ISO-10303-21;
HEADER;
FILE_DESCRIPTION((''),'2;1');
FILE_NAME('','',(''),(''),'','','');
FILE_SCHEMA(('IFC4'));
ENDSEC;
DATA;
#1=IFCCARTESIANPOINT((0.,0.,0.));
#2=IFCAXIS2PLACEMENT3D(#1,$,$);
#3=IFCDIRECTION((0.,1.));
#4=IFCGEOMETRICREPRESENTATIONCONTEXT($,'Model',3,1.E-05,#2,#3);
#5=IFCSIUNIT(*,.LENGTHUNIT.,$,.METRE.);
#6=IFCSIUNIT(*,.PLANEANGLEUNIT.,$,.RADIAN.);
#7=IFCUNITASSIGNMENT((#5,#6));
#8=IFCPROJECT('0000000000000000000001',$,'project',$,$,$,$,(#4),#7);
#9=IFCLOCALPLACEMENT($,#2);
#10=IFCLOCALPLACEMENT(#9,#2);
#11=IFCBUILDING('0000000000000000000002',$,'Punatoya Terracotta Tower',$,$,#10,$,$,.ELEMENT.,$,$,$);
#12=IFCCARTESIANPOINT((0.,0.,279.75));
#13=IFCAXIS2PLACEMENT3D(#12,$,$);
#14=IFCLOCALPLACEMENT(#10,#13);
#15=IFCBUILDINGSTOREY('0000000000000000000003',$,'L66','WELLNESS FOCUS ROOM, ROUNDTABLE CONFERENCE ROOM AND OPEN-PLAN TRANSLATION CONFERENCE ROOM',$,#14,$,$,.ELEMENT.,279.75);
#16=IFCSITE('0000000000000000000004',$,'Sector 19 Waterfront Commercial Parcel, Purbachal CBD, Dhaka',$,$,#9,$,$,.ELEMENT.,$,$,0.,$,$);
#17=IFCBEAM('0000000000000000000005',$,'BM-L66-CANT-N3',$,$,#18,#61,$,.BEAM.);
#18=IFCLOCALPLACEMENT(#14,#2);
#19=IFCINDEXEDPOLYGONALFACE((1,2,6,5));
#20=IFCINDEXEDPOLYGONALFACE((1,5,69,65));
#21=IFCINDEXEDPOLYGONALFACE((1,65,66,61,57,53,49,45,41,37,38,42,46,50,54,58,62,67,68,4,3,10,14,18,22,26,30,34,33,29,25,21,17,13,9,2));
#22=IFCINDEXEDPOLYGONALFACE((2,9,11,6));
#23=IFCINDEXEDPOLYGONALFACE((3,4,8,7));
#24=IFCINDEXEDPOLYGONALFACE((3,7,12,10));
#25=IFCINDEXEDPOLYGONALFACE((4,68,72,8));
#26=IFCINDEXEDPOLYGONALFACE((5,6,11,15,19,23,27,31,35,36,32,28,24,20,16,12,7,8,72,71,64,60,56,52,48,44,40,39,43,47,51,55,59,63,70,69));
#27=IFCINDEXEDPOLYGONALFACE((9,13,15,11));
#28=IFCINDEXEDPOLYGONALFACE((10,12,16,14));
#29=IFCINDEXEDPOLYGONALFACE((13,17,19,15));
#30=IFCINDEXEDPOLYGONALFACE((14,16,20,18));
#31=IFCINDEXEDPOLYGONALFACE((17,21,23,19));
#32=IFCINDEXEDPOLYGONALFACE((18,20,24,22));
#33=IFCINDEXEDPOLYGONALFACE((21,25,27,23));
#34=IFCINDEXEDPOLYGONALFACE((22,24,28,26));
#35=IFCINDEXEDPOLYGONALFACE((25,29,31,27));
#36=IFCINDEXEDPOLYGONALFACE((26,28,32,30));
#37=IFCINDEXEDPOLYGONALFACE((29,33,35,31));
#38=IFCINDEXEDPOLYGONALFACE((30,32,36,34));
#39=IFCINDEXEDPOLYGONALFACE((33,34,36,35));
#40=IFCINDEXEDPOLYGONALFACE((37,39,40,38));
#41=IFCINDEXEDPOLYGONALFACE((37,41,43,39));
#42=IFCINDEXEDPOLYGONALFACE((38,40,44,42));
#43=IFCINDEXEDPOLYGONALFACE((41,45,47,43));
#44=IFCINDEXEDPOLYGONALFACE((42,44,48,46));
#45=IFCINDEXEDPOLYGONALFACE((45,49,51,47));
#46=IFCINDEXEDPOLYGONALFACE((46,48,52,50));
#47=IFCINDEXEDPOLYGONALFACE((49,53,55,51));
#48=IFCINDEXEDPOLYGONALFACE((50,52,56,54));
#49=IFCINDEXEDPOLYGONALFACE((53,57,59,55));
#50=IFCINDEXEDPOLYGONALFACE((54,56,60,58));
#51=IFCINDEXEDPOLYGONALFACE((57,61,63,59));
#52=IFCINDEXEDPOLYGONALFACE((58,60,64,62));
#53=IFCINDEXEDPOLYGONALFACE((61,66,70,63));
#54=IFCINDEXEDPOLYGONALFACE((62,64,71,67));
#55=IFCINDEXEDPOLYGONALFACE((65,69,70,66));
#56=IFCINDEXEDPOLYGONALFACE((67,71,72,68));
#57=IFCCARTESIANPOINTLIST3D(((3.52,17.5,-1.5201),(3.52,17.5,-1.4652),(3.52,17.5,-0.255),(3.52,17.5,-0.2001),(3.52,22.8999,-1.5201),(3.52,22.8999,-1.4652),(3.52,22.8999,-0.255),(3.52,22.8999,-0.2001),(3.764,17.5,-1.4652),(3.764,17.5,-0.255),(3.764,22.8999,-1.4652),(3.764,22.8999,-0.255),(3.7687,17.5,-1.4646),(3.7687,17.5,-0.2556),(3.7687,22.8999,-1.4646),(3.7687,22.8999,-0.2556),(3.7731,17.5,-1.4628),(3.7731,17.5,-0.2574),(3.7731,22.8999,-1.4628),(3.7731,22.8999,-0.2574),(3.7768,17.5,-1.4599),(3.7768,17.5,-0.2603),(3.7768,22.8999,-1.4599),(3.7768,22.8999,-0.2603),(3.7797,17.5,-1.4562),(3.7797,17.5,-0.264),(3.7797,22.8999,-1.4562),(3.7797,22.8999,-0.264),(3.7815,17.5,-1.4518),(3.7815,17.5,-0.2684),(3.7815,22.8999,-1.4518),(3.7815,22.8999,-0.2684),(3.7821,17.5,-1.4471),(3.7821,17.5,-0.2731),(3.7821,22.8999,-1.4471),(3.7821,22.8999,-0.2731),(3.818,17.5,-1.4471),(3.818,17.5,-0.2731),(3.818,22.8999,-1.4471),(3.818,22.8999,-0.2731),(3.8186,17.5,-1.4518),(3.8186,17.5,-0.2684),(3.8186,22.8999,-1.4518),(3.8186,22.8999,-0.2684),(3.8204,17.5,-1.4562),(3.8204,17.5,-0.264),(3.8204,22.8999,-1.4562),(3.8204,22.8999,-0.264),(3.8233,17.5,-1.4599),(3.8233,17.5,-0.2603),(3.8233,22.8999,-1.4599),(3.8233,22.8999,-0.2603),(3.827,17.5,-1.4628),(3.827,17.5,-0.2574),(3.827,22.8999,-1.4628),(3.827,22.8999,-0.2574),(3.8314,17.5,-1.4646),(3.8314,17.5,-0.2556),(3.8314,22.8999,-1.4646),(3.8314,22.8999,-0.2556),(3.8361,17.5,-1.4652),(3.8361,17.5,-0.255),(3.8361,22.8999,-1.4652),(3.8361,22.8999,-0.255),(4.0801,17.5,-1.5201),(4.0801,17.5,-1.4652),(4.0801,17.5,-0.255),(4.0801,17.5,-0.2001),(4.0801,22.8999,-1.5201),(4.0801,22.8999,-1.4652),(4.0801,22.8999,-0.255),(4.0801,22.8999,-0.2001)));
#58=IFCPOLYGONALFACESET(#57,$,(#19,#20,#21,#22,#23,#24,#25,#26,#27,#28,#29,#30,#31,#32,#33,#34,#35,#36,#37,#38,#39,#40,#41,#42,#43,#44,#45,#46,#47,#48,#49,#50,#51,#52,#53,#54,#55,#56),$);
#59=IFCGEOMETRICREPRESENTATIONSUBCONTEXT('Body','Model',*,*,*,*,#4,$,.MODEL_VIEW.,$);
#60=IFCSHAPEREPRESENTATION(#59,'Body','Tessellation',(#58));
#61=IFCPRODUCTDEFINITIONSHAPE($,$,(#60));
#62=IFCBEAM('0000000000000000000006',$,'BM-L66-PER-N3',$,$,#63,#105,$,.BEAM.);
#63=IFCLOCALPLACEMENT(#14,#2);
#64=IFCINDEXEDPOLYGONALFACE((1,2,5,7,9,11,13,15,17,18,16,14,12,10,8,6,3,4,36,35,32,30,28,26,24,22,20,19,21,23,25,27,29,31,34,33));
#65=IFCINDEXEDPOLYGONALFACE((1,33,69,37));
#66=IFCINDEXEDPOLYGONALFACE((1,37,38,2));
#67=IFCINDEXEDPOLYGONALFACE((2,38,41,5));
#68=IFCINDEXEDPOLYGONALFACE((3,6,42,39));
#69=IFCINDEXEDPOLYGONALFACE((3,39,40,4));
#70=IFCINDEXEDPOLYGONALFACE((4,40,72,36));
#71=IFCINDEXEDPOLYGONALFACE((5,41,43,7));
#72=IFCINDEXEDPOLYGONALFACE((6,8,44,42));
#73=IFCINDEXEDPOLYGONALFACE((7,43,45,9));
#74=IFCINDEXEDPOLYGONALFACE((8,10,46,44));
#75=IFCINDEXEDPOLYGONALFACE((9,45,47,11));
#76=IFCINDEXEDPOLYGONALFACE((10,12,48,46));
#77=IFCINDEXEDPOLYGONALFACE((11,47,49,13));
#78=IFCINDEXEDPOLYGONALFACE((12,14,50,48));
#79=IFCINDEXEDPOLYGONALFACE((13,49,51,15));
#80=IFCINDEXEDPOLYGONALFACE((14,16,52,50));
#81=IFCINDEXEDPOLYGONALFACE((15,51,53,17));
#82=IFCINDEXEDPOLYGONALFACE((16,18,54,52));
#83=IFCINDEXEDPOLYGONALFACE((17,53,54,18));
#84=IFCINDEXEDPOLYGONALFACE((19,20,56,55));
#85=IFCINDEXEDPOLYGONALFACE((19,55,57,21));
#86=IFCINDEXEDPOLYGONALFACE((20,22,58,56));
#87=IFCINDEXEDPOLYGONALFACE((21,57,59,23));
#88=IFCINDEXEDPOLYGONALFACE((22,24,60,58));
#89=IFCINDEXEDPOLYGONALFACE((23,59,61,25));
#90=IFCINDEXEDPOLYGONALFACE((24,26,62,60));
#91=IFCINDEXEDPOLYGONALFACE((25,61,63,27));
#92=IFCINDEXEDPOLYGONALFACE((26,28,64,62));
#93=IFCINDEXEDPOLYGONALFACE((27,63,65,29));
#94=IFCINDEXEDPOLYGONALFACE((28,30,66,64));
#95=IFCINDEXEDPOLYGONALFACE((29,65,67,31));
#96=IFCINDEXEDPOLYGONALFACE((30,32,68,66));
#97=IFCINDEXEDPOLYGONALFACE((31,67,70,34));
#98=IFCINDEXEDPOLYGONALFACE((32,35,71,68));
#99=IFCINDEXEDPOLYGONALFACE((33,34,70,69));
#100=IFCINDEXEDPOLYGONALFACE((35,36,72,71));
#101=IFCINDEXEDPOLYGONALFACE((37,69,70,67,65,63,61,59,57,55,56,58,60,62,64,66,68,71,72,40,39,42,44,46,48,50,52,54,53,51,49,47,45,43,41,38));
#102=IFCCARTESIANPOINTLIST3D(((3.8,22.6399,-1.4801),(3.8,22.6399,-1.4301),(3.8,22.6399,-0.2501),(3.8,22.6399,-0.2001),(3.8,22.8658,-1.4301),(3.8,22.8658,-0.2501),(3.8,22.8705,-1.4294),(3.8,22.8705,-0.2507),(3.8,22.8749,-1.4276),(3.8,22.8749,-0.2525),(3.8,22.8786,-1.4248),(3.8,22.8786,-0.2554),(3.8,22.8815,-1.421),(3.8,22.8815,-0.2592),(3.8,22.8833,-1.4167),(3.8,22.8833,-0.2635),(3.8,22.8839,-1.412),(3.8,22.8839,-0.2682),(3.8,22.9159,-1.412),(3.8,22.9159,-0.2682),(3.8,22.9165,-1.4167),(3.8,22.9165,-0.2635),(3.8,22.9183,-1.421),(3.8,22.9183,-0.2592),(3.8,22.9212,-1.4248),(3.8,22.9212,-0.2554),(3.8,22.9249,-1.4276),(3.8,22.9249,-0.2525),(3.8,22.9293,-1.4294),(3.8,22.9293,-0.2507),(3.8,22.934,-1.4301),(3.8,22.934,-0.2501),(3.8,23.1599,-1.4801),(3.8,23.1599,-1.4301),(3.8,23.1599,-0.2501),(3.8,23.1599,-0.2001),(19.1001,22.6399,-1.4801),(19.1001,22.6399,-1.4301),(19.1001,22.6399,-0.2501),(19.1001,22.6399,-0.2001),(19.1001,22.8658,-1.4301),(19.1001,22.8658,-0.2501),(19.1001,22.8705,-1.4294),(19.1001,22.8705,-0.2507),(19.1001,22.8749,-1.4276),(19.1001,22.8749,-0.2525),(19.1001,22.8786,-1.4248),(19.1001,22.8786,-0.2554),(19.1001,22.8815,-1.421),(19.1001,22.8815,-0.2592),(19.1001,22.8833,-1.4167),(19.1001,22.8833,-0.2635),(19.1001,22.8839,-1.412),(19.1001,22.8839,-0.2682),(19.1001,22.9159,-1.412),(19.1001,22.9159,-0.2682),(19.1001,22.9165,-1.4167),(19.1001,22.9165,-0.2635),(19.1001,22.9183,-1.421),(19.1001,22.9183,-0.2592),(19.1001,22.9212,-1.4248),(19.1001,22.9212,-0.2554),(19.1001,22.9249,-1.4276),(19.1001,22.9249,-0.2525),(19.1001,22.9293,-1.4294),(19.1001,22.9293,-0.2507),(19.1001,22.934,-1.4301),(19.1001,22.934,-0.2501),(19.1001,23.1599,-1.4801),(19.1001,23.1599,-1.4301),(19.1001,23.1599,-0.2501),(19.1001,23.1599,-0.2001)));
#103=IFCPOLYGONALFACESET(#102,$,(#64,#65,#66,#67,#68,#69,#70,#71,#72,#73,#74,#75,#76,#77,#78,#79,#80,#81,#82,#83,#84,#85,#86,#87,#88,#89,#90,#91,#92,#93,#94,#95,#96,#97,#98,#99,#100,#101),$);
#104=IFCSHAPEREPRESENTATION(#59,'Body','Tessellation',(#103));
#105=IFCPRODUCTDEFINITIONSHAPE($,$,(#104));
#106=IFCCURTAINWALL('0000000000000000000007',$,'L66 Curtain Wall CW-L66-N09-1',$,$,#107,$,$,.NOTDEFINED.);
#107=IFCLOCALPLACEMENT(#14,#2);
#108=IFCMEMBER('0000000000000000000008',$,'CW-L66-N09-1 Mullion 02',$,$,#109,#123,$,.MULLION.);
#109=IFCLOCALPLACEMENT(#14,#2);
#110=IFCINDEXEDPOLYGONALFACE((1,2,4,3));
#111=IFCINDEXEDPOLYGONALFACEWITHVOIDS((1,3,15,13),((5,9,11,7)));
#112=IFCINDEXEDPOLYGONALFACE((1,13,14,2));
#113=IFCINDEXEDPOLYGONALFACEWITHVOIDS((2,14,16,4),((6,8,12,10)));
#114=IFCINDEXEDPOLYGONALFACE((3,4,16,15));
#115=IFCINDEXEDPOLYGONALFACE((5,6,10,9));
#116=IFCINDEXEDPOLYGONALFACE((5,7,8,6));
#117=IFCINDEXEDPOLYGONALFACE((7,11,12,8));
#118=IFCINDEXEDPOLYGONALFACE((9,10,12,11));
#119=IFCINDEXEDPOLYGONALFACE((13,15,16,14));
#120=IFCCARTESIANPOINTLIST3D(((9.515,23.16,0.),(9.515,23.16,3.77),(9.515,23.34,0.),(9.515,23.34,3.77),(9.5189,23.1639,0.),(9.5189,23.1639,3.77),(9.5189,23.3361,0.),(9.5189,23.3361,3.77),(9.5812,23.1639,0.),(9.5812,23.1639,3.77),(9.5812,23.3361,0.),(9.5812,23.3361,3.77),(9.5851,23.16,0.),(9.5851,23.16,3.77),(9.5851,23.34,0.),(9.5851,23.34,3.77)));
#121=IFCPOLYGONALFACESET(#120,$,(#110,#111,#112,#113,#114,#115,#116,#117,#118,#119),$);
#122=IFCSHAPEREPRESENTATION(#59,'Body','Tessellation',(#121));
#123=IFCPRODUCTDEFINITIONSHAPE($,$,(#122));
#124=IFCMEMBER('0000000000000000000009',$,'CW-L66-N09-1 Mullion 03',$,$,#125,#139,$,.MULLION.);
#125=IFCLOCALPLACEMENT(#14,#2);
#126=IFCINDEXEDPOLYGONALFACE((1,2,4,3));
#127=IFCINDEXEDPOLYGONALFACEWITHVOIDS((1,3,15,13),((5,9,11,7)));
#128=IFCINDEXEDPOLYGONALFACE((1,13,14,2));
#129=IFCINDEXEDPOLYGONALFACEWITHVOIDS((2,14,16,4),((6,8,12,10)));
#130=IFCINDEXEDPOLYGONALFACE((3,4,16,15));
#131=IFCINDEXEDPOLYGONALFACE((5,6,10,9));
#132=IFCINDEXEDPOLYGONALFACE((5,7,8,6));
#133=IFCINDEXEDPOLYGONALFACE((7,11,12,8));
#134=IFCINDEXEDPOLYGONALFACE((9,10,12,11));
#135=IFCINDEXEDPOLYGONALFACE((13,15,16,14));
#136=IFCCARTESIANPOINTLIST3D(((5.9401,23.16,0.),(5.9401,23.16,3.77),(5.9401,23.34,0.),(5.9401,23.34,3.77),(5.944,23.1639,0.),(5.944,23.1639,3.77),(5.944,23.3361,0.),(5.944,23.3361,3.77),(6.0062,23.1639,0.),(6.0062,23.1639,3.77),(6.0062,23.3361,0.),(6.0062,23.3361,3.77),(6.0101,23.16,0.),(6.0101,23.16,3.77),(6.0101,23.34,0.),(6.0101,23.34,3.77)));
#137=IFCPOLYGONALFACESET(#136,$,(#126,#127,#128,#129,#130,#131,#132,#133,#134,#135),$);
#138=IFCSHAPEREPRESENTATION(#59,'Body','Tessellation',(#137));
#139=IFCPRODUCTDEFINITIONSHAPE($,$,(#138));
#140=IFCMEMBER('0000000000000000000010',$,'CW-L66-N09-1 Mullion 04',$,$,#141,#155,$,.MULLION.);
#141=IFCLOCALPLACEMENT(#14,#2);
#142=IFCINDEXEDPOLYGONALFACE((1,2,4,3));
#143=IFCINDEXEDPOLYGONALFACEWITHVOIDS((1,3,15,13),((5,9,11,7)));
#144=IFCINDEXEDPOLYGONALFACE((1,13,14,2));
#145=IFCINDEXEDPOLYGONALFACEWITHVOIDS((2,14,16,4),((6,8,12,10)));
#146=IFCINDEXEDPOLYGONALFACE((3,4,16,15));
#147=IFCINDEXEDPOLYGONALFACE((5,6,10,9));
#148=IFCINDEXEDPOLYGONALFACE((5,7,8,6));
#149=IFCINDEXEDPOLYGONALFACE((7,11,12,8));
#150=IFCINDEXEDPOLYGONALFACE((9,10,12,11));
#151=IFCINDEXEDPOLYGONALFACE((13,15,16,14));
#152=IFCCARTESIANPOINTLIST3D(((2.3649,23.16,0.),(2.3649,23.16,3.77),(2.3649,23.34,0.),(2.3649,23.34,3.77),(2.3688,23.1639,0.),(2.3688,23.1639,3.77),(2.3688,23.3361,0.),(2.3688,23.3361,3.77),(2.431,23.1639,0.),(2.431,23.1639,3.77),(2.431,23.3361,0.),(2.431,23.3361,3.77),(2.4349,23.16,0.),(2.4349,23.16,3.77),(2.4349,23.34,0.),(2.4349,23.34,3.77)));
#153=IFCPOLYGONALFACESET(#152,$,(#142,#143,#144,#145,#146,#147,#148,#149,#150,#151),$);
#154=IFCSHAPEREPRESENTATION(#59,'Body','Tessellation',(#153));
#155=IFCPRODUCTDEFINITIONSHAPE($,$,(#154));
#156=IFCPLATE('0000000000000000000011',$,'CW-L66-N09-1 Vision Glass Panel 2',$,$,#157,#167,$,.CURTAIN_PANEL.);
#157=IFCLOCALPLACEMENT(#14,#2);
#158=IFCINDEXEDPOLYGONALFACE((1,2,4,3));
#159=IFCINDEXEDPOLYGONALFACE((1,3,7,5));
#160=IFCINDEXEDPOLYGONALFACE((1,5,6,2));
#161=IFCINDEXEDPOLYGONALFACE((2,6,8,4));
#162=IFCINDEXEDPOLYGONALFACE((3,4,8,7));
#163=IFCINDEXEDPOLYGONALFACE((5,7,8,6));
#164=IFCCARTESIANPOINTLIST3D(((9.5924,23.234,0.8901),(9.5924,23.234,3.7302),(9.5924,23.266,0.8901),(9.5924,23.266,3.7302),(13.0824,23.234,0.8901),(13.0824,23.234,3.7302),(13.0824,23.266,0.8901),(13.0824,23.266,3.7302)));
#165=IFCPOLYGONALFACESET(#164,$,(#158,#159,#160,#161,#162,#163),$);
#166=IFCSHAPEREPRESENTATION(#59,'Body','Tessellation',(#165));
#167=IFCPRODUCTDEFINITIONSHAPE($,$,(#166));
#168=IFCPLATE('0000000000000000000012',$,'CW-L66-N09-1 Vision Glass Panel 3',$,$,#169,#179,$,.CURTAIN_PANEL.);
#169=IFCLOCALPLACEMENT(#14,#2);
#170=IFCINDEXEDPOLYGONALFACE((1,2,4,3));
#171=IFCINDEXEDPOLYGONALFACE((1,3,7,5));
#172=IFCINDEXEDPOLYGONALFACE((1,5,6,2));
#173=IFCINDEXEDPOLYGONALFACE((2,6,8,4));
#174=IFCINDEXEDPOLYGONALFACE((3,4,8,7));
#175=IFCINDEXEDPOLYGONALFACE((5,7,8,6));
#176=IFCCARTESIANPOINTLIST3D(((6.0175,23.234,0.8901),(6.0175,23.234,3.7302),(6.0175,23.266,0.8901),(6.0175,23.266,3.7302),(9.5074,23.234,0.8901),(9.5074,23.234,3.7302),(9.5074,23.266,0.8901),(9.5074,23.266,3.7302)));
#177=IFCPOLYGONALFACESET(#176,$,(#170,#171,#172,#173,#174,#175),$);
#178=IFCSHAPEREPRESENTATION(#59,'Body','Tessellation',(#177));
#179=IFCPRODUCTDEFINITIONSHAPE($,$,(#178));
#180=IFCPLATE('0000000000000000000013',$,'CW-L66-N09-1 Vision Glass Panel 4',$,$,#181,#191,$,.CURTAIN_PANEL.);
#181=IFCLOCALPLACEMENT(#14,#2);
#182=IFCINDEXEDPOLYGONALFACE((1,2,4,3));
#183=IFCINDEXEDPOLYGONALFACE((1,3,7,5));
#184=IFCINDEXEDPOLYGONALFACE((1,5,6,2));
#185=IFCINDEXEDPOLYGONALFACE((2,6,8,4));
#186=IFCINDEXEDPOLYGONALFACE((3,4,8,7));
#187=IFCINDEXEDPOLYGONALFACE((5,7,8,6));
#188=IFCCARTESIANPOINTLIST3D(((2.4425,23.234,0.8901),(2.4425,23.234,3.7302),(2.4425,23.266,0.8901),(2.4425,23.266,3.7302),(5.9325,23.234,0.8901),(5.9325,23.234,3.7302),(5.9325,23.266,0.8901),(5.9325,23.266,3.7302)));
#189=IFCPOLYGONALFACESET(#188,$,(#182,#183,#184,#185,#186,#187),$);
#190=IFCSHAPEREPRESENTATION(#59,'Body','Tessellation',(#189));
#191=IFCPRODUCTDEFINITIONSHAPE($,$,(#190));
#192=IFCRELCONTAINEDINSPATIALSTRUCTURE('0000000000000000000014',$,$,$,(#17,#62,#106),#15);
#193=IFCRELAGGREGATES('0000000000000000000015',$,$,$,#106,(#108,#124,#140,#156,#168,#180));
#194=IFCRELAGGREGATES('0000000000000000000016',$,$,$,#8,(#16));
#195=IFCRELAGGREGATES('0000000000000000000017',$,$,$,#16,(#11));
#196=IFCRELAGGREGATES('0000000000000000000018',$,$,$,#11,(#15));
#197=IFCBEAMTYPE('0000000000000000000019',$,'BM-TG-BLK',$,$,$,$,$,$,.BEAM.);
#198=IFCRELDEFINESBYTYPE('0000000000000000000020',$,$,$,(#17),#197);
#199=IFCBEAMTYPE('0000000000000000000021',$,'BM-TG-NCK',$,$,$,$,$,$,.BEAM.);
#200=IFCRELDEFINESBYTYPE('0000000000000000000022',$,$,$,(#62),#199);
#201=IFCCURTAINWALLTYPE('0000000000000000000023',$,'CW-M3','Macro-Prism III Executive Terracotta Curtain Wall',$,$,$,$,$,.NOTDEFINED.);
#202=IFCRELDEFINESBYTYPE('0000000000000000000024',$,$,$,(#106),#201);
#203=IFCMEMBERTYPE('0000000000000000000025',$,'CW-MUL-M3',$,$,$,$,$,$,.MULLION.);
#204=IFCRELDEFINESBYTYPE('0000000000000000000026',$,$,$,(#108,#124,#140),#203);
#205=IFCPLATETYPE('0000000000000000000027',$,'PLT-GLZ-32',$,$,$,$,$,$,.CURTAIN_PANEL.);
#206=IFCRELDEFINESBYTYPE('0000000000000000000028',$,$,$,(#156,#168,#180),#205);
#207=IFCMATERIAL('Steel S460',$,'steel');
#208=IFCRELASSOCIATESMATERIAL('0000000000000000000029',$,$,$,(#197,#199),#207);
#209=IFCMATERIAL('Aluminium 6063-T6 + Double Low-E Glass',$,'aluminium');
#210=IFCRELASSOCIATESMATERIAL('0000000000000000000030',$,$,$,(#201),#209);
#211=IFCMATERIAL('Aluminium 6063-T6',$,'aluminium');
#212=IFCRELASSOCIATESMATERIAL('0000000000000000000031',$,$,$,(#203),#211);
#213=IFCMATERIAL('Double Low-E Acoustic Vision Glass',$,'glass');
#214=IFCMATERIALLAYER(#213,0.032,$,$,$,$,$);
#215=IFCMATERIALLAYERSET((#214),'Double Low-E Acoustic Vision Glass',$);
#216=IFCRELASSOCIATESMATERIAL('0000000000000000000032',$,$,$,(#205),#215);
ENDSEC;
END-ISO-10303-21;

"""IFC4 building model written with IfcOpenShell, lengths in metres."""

from ifc_helpers import new_model, si_unit, direction, frame, origin, origin_2d, place, context, subcontext, project, spatial, rectangle, hollow_rectangle, i_section, extrude, material, layer, layer_set, material_profile, profile_set, type_object, element, aggregate, save


model = new_model("IFC4")

# Units and contexts
model_context = context("Model", 3, precision=1e-05, world=origin(), true_north=direction((0.0, 1.0)))
body_context = subcontext(model_context, "Body", "Model", "MODEL_VIEW")
ifc_project = project(units=[si_unit("LENGTHUNIT", "METRE"), si_unit("PLANEANGLEUNIT", "RADIAN")], contexts=[model_context])

# Site, building, storey
site_placement = place(None, origin())
site = spatial("IfcSite", under=ifc_project, at=site_placement, Name="Sector 19 Waterfront Commercial Parcel, Purbachal CBD, Dhaka", CompositionType="ELEMENT", RefElevation=0.0)
building_placement = place(site_placement, origin())
building = spatial("IfcBuilding", under=site, at=building_placement, Name="Punatoya Terracotta Tower", CompositionType="ELEMENT")
storey_placement = place(building_placement, frame((0.0, 0.0, 279.75)))
storey = spatial("IfcBuildingStorey", under=building, at=storey_placement, Name="L66", Description="WELLNESS FOCUS ROOM, ROUNDTABLE CONFERENCE ROOM AND OPEN-PLAN TRANSLATION CONFERENCE ROOM", CompositionType="ELEMENT", Elevation=279.75)

# Shared definitions
ifc_material_1 = material(Name="Steel S460", Category="steel")

# Beams
ifc_material_profile_1 = material_profile(ifc_material_1, i_section(OverallWidth=0.5601, OverallDepth=1.3201, WebThickness=0.0359, FlangeThickness=0.0549, FilletRadius=0.0181, at=origin_2d()))
ifc_profile_set_1 = profile_set([ifc_material_profile_1], Name="Steel S460")
beam_type_1 = type_object("IfcBeamType", Name="BM-TG-BLK", PredefinedType="BEAM", material=ifc_profile_set_1)
beam_1_placement = place(storey_placement, frame((3.8, 17.5, -0.8601), z_axis=(0.0, 1.0, 0.0), x_axis=(-1.0, 0.0, 0.0)))
element("IfcBeam", 1, at=beam_1_placement, inside=storey, type_object=beam_type_1, Name="BM-L66-CANT-N3", PredefinedType="BEAM", context=body_context, shape_type="SweptSolid", body=[
    extrude(i_section(OverallWidth=0.5601, OverallDepth=1.3201, WebThickness=0.0359, FlangeThickness=0.0549, FilletRadius=0.0181, at=origin_2d()), origin(), (0.0, 0.0, 1.0), 5.3999),
])
ifc_material_profile_2 = material_profile(ifc_material_1, i_section(OverallWidth=0.52, OverallDepth=1.28, WebThickness=0.032, FlangeThickness=0.05, FilletRadius=0.0181, at=origin_2d()))
ifc_profile_set_2 = profile_set([ifc_material_profile_2], Name="Steel S460")
beam_type_2 = type_object("IfcBeamType", Name="BM-TG-NCK", PredefinedType="BEAM", material=ifc_profile_set_2)
beam_2_placement = place(storey_placement, frame((3.8, 22.8999, -0.8401), z_axis=(1.0, 0.0, 0.0), x_axis=(0.0, 1.0, 0.0)))
element("IfcBeam", 2, at=beam_2_placement, inside=storey, type_object=beam_type_2, Name="BM-L66-PER-N3", PredefinedType="BEAM", context=body_context, shape_type="SweptSolid", body=[
    extrude(i_section(OverallWidth=0.52, OverallDepth=1.28, WebThickness=0.032, FlangeThickness=0.05, FilletRadius=0.0181, at=origin_2d()), origin(), (0.0, 0.0, 1.0), 15.3),
])

# Curtain wall, members, plates
ifc_material_2 = material(Name="Aluminium 6063-T6 + Double Low-E Glass", Category="aluminium")
curtain_wall_type = type_object("IfcCurtainWallType", Name="CW-M3", Description="Macro-Prism III Executive Terracotta Curtain Wall", PredefinedType="NOTDEFINED", material=ifc_material_2)
curtain_wall_placement = place(storey_placement, origin())
curtain_wall = element("IfcCurtainWall", 3, at=curtain_wall_placement, inside=storey, type_object=curtain_wall_type, Name="L66 Curtain Wall CW-L66-N09-1", PredefinedType="NOTDEFINED")
ifc_material_3 = material(Name="Aluminium 6063-T6", Category="aluminium")
ifc_material_profile_3 = material_profile(ifc_material_3, hollow_rectangle(XDim=0.0701, YDim=0.1799, WallThickness=0.0039, at=origin_2d()))
ifc_profile_set_3 = profile_set([ifc_material_profile_3], Name="Aluminium 6063-T6")
member_type = type_object("IfcMemberType", Name="CW-MUL-M3", PredefinedType="MULLION", material=ifc_profile_set_3)
member_1_placement = place(storey_placement, frame((9.55, 23.25, 0.0), z_axis=(0.0, 0.0, 1.0), x_axis=(1.0, 0.0, 0.0)))
member_1 = element("IfcMember", 4, at=member_1_placement, type_object=member_type, Name="CW-L66-N09-1 Mullion 02", PredefinedType="MULLION", context=body_context, shape_type="SweptSolid", body=[
    extrude(hollow_rectangle(XDim=0.0701, YDim=0.1799, WallThickness=0.0039, at=origin_2d()), origin(), (0.0, 0.0, 1.0), 3.77),
])
member_2_placement = place(storey_placement, frame((5.9751, 23.25, 0.0), z_axis=(0.0, 0.0, 1.0), x_axis=(1.0, 0.0, 0.0)))
member_2 = element("IfcMember", 5, at=member_2_placement, type_object=member_type, Name="CW-L66-N09-1 Mullion 03", PredefinedType="MULLION", context=body_context, shape_type="SweptSolid", body=[
    extrude(hollow_rectangle(XDim=0.0701, YDim=0.1799, WallThickness=0.0039, at=origin_2d()), origin(), (0.0, 0.0, 1.0), 3.77),
])
member_3_placement = place(storey_placement, frame((2.3999, 23.25, 0.0), z_axis=(0.0, 0.0, 1.0), x_axis=(1.0, 0.0, 0.0)))
member_3 = element("IfcMember", 6, at=member_3_placement, type_object=member_type, Name="CW-L66-N09-1 Mullion 04", PredefinedType="MULLION", context=body_context, shape_type="SweptSolid", body=[
    extrude(hollow_rectangle(XDim=0.0701, YDim=0.1799, WallThickness=0.0039, at=origin_2d()), origin(), (0.0, 0.0, 1.0), 3.77),
])
ifc_material_4 = material(Name="Double Low-E Acoustic Vision Glass", Category="glass")
ifc_layer_1 = layer(ifc_material_4, 0.032)
ifc_layer_set_1 = layer_set([ifc_layer_1], Name="Double Low-E Acoustic Vision Glass")
plate_type_1 = type_object("IfcPlateType", Name="PLT-GLZ-32", PredefinedType="CURTAIN_PANEL", material=ifc_layer_set_1)
plate_1_placement = place(storey_placement, frame((11.3374, 23.25, 0.8901), z_axis=(0.0, 0.0, 1.0), x_axis=(-1.0, 0.0, 0.0)))
plate_1 = element("IfcPlate", 7, at=plate_1_placement, type_object=plate_type_1, Name="CW-L66-N09-1 Vision Glass Panel 2", PredefinedType="CURTAIN_PANEL", context=body_context, shape_type="SweptSolid", body=[
    extrude(rectangle(XDim=3.49, YDim=0.032, at=origin_2d()), origin(), (0.0, 0.0, 1.0), 2.8401),
])
plate_2_placement = place(storey_placement, frame((7.7625, 23.25, 0.8901), z_axis=(0.0, 0.0, 1.0), x_axis=(-1.0, 0.0, 0.0)))
plate_2 = element("IfcPlate", 8, at=plate_2_placement, type_object=plate_type_1, Name="CW-L66-N09-1 Vision Glass Panel 3", PredefinedType="CURTAIN_PANEL", context=body_context, shape_type="SweptSolid", body=[
    extrude(rectangle(XDim=3.49, YDim=0.032, at=origin_2d()), origin(), (0.0, 0.0, 1.0), 2.8401),
])
plate_3_placement = place(storey_placement, frame((4.1875, 23.25, 0.8901), z_axis=(0.0, 0.0, 1.0), x_axis=(-1.0, 0.0, 0.0)))
plate_3 = element("IfcPlate", 9, at=plate_3_placement, type_object=plate_type_1, Name="CW-L66-N09-1 Vision Glass Panel 4", PredefinedType="CURTAIN_PANEL", context=body_context, shape_type="SweptSolid", body=[
    extrude(rectangle(XDim=3.49, YDim=0.032, at=origin_2d()), origin(), (0.0, 0.0, 1.0), 2.8401),
])
aggregate(curtain_wall, [member_1, member_2, member_3, plate_1, plate_2, plate_3])

save(model, "model.ifc")
